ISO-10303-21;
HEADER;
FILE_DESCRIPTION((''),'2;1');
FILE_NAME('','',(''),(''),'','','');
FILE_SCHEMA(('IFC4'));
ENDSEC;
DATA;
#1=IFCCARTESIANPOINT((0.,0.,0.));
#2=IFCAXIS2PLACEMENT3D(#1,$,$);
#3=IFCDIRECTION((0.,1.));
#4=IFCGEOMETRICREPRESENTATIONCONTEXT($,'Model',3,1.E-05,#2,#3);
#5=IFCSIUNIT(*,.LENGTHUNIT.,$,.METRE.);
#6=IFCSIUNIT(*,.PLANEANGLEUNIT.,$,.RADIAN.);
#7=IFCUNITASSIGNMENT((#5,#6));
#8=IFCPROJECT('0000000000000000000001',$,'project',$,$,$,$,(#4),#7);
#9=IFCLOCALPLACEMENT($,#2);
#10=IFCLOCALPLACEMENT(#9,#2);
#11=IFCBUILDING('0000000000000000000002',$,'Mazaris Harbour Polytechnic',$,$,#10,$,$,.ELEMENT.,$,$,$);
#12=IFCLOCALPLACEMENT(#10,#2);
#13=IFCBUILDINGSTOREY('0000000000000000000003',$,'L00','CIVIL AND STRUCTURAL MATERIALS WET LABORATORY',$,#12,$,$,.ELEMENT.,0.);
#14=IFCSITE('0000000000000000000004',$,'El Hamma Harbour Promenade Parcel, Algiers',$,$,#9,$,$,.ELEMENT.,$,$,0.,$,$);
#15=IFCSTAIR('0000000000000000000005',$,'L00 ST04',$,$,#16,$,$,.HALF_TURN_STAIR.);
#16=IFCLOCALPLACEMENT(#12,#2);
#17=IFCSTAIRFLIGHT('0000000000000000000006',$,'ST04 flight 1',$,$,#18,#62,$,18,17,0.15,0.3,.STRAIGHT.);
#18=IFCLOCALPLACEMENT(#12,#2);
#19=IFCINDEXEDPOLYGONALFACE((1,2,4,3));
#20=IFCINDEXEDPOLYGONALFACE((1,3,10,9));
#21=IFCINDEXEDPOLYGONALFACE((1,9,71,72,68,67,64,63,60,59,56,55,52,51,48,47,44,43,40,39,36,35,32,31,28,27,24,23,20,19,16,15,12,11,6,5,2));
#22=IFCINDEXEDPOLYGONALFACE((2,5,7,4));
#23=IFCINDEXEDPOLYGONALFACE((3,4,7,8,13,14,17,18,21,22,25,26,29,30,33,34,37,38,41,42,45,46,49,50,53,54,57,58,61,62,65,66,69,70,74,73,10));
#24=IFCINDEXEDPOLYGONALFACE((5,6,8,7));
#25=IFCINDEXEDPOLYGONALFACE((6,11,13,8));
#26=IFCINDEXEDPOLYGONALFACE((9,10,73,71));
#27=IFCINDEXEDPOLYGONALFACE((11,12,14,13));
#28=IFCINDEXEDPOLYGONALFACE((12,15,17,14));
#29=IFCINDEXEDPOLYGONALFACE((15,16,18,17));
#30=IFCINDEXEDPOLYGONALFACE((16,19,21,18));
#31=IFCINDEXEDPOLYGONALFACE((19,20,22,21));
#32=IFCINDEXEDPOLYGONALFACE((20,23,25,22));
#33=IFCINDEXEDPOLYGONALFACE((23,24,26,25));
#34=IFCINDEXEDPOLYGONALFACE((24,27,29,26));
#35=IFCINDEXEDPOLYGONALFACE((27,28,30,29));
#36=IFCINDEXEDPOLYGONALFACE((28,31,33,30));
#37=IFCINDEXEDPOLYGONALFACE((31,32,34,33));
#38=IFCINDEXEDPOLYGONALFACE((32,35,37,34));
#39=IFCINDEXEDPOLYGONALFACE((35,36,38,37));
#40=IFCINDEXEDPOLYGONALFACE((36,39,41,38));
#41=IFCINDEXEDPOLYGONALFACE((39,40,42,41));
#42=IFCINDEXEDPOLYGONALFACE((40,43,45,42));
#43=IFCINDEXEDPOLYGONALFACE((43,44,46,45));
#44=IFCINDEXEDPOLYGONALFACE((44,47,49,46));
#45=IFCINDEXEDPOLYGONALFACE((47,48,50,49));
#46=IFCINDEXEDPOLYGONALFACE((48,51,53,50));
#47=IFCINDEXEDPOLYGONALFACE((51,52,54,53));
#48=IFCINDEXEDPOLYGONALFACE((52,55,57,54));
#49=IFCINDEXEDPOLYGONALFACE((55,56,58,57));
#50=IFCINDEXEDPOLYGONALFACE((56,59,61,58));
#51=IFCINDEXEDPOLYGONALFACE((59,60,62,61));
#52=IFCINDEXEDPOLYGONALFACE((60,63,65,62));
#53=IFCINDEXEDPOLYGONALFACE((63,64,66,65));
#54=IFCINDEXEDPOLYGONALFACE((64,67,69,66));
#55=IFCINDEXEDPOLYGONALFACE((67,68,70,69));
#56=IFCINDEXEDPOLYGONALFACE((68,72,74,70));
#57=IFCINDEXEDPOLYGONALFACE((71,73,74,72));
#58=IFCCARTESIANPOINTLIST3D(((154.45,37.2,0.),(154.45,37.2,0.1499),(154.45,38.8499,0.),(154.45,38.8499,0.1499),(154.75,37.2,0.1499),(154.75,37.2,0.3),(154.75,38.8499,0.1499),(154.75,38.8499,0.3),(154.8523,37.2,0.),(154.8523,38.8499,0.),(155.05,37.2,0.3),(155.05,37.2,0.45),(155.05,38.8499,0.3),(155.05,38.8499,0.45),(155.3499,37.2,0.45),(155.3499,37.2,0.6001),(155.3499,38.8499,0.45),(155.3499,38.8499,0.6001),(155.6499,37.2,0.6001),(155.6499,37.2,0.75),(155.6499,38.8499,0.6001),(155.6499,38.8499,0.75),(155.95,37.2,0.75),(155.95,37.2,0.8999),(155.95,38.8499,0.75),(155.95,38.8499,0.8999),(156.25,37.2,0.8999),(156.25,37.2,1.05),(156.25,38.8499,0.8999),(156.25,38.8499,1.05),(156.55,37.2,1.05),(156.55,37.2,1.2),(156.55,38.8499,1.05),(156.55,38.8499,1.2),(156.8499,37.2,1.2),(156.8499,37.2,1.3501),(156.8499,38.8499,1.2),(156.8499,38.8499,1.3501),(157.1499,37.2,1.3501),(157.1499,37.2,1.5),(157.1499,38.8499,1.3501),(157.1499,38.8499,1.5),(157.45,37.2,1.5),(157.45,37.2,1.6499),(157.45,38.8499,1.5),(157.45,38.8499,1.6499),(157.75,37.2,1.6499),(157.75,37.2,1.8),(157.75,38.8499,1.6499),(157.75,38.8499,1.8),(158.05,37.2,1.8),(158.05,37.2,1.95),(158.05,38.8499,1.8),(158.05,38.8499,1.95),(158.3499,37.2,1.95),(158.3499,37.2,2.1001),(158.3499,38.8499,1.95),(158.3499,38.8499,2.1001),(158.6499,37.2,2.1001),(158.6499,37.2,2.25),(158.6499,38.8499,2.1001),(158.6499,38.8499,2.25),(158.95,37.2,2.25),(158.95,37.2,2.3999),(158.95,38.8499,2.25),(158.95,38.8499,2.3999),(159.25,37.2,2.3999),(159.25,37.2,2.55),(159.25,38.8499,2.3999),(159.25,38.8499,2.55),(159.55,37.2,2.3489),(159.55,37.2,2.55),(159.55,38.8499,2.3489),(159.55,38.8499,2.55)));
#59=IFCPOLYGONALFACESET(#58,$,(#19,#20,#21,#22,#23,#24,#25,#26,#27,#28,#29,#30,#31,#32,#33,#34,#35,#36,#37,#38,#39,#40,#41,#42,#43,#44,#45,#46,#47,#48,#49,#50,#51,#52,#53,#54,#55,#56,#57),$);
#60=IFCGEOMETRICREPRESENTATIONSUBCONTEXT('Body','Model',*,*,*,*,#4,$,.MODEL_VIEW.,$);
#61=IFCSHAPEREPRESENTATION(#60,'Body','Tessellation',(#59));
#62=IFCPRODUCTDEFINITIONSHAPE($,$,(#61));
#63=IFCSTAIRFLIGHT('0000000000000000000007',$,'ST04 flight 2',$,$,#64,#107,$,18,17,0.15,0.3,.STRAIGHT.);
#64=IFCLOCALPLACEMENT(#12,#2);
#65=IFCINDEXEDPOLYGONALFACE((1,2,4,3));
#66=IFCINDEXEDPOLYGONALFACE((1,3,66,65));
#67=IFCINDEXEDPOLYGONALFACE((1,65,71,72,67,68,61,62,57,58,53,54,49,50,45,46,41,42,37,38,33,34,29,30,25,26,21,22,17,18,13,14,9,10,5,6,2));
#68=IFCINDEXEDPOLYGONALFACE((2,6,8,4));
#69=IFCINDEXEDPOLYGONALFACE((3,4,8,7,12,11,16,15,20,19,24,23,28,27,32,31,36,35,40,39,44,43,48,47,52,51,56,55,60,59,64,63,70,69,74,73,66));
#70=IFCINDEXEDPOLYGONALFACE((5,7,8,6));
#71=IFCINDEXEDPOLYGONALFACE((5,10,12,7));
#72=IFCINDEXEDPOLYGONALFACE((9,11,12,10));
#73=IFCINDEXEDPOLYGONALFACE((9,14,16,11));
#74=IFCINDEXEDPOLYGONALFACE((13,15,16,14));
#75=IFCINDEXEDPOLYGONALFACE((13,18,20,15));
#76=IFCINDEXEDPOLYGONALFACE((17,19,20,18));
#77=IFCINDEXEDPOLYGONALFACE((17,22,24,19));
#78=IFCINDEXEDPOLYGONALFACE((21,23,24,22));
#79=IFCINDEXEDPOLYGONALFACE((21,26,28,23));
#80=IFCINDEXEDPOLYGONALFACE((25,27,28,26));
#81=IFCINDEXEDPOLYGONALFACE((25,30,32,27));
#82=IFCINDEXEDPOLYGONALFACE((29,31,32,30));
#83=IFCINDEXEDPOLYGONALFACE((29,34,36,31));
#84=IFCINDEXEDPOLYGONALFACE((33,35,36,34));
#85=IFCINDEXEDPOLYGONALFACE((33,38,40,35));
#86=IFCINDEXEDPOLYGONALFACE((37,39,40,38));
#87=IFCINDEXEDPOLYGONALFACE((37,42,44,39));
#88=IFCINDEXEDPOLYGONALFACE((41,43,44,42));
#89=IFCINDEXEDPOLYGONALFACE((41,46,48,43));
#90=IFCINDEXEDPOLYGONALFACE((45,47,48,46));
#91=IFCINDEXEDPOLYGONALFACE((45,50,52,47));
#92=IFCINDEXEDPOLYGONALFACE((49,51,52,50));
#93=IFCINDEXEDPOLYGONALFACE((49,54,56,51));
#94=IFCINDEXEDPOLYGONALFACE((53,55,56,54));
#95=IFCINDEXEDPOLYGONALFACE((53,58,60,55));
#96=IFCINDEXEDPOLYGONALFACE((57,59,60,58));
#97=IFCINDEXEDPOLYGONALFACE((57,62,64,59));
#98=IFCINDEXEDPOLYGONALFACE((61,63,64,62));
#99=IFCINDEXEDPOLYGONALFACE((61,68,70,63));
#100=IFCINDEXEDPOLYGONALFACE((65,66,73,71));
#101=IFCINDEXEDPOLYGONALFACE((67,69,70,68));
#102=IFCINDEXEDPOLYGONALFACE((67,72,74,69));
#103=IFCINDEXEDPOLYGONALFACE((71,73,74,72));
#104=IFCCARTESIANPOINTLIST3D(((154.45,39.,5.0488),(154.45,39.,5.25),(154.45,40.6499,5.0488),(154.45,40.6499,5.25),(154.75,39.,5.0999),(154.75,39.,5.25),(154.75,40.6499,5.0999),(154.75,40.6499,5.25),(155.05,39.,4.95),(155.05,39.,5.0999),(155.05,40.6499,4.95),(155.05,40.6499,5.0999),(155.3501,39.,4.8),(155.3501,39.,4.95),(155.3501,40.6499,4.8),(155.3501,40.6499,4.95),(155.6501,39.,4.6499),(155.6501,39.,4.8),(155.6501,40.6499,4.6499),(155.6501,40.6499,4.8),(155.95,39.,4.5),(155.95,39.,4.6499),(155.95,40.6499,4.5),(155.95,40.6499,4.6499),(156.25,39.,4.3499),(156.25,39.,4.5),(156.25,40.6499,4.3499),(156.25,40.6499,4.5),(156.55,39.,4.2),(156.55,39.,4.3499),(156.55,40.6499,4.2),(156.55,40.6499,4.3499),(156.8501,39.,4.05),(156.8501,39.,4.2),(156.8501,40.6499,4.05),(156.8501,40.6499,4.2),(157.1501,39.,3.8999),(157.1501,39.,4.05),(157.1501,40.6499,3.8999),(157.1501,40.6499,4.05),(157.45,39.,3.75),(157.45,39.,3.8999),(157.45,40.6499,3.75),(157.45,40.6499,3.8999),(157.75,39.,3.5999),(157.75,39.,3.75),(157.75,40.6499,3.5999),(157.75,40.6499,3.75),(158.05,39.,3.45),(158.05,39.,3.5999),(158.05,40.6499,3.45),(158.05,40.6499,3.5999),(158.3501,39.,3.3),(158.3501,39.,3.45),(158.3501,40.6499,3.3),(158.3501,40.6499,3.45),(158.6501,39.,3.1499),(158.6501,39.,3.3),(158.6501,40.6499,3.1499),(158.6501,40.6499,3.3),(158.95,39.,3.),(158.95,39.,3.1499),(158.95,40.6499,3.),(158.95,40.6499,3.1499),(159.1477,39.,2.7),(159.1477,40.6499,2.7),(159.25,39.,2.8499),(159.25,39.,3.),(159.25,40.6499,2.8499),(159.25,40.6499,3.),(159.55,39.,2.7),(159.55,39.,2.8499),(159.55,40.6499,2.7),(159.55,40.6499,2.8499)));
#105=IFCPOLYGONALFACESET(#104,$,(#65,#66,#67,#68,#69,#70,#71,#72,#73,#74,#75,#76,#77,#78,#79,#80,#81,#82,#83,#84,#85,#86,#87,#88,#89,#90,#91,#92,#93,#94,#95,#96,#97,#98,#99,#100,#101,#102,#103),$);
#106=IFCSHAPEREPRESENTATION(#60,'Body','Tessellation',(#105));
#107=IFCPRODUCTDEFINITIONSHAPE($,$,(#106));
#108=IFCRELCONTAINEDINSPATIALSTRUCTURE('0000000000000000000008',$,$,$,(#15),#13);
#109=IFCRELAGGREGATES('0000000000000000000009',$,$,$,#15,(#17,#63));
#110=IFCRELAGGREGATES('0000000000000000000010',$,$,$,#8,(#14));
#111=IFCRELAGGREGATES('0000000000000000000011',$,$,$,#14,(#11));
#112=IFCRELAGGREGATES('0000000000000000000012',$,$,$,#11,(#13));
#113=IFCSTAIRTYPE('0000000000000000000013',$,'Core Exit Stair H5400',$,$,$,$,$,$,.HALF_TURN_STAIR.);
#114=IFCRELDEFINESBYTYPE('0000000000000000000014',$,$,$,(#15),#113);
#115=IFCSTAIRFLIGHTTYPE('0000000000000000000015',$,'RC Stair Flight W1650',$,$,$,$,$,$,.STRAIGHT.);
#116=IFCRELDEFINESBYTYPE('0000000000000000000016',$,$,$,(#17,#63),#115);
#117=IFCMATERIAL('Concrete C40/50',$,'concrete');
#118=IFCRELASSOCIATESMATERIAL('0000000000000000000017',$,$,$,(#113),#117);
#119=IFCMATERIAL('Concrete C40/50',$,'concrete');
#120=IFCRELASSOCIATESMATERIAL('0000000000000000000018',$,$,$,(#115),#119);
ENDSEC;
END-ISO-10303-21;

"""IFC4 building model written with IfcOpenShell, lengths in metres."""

from ifc_helpers import new_model, si_unit, direction, frame, origin, place, context, subcontext, project, spatial, polyline, outline, extrude, material, type_object, element, aggregate, save


model = new_model("IFC4")

# Units and contexts
model_context = context("Model", 3, precision=1e-05, world=origin(), true_north=direction((0.0, 1.0)))
body_context = subcontext(model_context, "Body", "Model", "MODEL_VIEW")
ifc_project = project(units=[si_unit("LENGTHUNIT", "METRE"), si_unit("PLANEANGLEUNIT", "RADIAN")], contexts=[model_context])

# Site, building, storey
site_placement = place(None, origin())
site = spatial("IfcSite", under=ifc_project, at=site_placement, Name="El Hamma Harbour Promenade Parcel, Algiers", CompositionType="ELEMENT", RefElevation=0.0)
building_placement = place(site_placement, origin())
building = spatial("IfcBuilding", under=site, at=building_placement, Name="Mazaris Harbour Polytechnic", CompositionType="ELEMENT")
storey_placement = place(building_placement, origin())
storey = spatial("IfcBuildingStorey", under=building, at=storey_placement, Name="L00", Description="CIVIL AND STRUCTURAL MATERIALS WET LABORATORY", CompositionType="ELEMENT", Elevation=0.0)

# Stair, stair flights
ifc_material_1 = material(Name="Concrete C40/50", Category="concrete")
stair_type = type_object("IfcStairType", Name="Core Exit Stair H5400", PredefinedType="HALF_TURN_STAIR", material=ifc_material_1)
stair_placement = place(storey_placement, origin())
stair = element("IfcStair", 1, at=stair_placement, inside=storey, type_object=stair_type, Name="L00 ST04", PredefinedType="HALF_TURN_STAIR")
ifc_material_2 = material(Name="Concrete C40/50", Category="concrete")
stair_flight_type = type_object("IfcStairFlightType", Name="RC Stair Flight W1650", PredefinedType="STRAIGHT", material=ifc_material_2)
stair_flight_1_placement = place(storey_placement, frame((154.45, 38.0249, 0.0), z_axis=(0.0, 0.0, 1.0), x_axis=(1.0, 0.0, 0.0)))
stair_flight_1 = element("IfcStairFlight", 2, at=stair_flight_1_placement, type_object=stair_flight_type, Name="ST04 flight 1", NumberOfRisers=18, NumberOfTreads=17, PredefinedType="STRAIGHT", RiserHeight=0.15, TreadLength=0.3, context=body_context, shape_type="SweptSolid", body=[
    extrude(outline(polyline([(0.0, 0.0), (0.0, 0.1499), (0.3, 0.1499), (0.3, 0.3), (0.6001, 0.3), (0.6001, 0.45), (0.8999, 0.45), (0.8999, 0.6001), (1.2, 0.6001), (1.2, 0.75), (1.5, 0.75), (1.5, 0.8999), (1.8, 0.8999), (1.8, 1.05), (2.1001, 1.05), (2.1001, 1.2), (2.3999, 1.2), (2.3999, 1.3501), (2.7, 1.3501), (2.7, 1.5), (3.0, 1.5), (3.0, 1.6499), (3.3, 1.6499), (3.3, 1.8), (3.6001, 1.8), (3.6001, 1.95), (3.8999, 1.95), (3.8999, 2.1001), (4.2, 2.1001), (4.2, 2.25), (4.5, 2.25), (4.5, 2.3999), (4.8, 2.3999), (4.8, 2.55), (5.1001, 2.55), (5.1001, 2.7), (5.1001, 2.3489), (0.4023, 0.0), (0.0, 0.0)])), frame((0.0, 0.825, 0.0), z_axis=(0.0, -1.0, 0.0), x_axis=(1.0, 0.0, 0.0)), (0.0, 0.0, 1.0), 1.6499),
])
stair_flight_2_placement = place(storey_placement, frame((159.55, 39.825, 2.7), z_axis=(0.0, 0.0, 1.0), x_axis=(-1.0, 0.0, 0.0)))
stair_flight_2 = element("IfcStairFlight", 3, at=stair_flight_2_placement, type_object=stair_flight_type, Name="ST04 flight 2", NumberOfRisers=18, NumberOfTreads=17, PredefinedType="STRAIGHT", RiserHeight=0.15, TreadLength=0.3, context=body_context, shape_type="SweptSolid", body=[
    extrude(outline(polyline([(0.0, 0.0), (0.0, 0.1499), (0.3, 0.1499), (0.3, 0.3), (0.6001, 0.3), (0.6001, 0.45), (0.8999, 0.45), (0.8999, 0.6001), (1.2, 0.6001), (1.2, 0.75), (1.5, 0.75), (1.5, 0.8999), (1.8, 0.8999), (1.8, 1.05), (2.1001, 1.05), (2.1001, 1.2), (2.3999, 1.2), (2.3999, 1.3501), (2.7, 1.3501), (2.7, 1.5), (3.0, 1.5), (3.0, 1.6499), (3.3, 1.6499), (3.3, 1.8), (3.6001, 1.8), (3.6001, 1.95), (3.8999, 1.95), (3.8999, 2.1001), (4.2, 2.1001), (4.2, 2.25), (4.5, 2.25), (4.5, 2.3999), (4.8, 2.3999), (4.8, 2.55), (5.1001, 2.55), (5.1001, 2.7), (5.1001, 2.3489), (0.4023, 0.0), (0.0, 0.0)])), frame((0.0, 0.825, 0.0), z_axis=(0.0, -1.0, 0.0), x_axis=(1.0, 0.0, 0.0)), (0.0, 0.0, 1.0), 1.6499),
])
aggregate(stair, [stair_flight_1, stair_flight_2])

save(model, "model.ifc")
